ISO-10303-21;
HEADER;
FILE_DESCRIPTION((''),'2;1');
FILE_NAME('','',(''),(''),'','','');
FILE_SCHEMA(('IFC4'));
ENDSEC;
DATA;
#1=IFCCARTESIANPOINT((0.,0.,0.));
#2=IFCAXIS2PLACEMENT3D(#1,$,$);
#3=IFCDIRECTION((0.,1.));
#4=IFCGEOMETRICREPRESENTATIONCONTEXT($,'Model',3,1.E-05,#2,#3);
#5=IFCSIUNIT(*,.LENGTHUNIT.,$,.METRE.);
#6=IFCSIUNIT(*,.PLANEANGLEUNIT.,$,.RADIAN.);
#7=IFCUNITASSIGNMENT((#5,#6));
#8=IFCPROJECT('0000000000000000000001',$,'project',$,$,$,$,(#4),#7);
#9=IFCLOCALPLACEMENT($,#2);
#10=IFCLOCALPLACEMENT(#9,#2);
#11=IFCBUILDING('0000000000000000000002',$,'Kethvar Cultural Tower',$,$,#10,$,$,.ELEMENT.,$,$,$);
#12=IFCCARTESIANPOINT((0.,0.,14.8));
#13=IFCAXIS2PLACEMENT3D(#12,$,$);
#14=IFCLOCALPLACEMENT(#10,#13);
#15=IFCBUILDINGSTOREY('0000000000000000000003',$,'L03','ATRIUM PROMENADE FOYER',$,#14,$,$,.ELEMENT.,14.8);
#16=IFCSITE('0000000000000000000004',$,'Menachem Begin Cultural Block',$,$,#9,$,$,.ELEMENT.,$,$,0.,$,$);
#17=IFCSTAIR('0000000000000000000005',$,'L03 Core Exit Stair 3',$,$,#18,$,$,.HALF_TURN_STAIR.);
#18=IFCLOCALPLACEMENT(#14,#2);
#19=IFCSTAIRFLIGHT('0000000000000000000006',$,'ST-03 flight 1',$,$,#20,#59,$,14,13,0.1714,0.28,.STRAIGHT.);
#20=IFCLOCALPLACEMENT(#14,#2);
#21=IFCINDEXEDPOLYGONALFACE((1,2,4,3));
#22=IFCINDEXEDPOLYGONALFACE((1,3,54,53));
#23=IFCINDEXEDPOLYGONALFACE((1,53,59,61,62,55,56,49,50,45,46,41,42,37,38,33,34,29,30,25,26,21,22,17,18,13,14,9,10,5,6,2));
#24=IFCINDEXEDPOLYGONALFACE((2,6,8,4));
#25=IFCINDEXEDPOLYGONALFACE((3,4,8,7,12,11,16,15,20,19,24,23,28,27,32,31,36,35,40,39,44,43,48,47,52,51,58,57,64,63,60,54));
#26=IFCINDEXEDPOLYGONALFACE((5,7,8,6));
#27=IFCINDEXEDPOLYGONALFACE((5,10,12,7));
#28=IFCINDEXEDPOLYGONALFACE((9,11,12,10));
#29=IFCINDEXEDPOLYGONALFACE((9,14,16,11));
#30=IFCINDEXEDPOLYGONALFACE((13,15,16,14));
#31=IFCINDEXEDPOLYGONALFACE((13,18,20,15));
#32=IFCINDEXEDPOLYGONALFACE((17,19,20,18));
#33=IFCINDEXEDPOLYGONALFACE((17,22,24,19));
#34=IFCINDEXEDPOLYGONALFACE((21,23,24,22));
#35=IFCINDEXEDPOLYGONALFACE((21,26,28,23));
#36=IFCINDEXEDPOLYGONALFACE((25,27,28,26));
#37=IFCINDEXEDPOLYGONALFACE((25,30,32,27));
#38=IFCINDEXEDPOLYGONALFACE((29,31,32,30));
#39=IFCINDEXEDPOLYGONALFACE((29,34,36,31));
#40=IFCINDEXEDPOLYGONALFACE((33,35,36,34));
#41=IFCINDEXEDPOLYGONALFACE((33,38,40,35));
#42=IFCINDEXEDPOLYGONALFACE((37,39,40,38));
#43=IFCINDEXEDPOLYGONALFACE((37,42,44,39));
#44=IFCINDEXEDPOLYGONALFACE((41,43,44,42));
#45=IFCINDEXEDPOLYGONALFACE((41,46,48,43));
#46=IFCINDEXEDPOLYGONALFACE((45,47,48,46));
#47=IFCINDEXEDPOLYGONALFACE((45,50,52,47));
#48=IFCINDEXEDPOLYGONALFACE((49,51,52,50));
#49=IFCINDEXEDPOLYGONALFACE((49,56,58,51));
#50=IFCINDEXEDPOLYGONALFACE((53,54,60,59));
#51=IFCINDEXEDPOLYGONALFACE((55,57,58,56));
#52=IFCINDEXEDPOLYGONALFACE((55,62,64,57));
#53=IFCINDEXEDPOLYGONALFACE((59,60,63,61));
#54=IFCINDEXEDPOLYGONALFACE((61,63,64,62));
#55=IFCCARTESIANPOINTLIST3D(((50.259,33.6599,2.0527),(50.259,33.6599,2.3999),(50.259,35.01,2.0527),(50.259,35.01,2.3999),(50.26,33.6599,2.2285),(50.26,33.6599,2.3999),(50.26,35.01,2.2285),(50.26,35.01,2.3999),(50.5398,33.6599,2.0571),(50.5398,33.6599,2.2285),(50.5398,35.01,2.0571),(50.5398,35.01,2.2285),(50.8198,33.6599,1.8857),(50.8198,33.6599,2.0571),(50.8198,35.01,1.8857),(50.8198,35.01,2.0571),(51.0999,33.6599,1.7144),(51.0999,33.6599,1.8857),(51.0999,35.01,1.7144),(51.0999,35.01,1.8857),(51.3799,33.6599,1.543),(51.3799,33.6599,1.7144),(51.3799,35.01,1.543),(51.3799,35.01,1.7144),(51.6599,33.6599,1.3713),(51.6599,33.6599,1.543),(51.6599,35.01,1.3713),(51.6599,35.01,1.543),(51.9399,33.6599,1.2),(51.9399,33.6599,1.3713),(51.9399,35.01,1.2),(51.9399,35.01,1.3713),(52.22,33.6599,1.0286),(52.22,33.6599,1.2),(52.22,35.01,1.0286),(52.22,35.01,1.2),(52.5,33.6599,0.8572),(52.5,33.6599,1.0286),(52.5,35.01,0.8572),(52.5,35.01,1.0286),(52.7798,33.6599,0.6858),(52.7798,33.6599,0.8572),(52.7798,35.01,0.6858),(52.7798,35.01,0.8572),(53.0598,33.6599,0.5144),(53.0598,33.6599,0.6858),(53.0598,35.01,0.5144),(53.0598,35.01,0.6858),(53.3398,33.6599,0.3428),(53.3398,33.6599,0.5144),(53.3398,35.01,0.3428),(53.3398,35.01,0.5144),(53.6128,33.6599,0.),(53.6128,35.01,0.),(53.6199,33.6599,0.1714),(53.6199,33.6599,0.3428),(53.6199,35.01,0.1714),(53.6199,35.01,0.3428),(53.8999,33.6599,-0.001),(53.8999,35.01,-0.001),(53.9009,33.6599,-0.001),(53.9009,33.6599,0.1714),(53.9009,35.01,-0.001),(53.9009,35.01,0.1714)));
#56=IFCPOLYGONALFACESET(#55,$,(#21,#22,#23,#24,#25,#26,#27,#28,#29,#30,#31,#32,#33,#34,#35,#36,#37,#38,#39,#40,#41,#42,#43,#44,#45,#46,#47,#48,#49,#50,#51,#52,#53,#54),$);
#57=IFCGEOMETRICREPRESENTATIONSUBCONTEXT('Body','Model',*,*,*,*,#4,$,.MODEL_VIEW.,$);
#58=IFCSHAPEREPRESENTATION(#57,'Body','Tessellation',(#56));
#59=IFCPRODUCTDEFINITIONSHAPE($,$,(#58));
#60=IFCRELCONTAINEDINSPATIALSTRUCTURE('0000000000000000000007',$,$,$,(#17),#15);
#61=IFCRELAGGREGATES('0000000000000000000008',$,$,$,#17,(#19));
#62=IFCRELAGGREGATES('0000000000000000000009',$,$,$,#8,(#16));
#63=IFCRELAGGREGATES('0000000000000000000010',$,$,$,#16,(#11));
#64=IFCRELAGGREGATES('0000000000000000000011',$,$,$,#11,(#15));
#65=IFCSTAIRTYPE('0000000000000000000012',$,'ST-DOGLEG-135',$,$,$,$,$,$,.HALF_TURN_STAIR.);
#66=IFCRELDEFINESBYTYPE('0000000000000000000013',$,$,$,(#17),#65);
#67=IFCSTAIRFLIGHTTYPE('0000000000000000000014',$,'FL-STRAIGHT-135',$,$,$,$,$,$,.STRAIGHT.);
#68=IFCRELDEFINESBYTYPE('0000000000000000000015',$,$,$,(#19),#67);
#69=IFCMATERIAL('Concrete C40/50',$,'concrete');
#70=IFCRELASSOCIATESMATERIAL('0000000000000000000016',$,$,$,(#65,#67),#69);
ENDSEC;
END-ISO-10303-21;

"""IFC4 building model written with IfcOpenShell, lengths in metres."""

from ifc_helpers import new_model, si_unit, direction, frame, origin, place, context, subcontext, project, spatial, polyline, outline, extrude, material, type_object, element, aggregate, save


model = new_model("IFC4")

# Units and contexts
model_context = context("Model", 3, precision=1e-05, world=origin(), true_north=direction((0.0, 1.0)))
body_context = subcontext(model_context, "Body", "Model", "MODEL_VIEW")
ifc_project = project(units=[si_unit("LENGTHUNIT", "METRE"), si_unit("PLANEANGLEUNIT", "RADIAN")], contexts=[model_context])

# Site, building, storey
site_placement = place(None, origin())
site = spatial("IfcSite", under=ifc_project, at=site_placement, Name="Menachem Begin Cultural Block", CompositionType="ELEMENT", RefElevation=0.0)
building_placement = place(site_placement, origin())
building = spatial("IfcBuilding", under=site, at=building_placement, Name="Kethvar Cultural Tower", CompositionType="ELEMENT")
storey_placement = place(building_placement, frame((0.0, 0.0, 14.8)))
storey = spatial("IfcBuildingStorey", under=building, at=storey_placement, Name="L03", Description="ATRIUM PROMENADE FOYER", CompositionType="ELEMENT", Elevation=14.8)

# Stair, stair flight
ifc_material_1 = material(Name="Concrete C40/50", Category="concrete")
stair_type = type_object("IfcStairType", Name="ST-DOGLEG-135", PredefinedType="HALF_TURN_STAIR", material=ifc_material_1)
stair_placement = place(storey_placement, origin())
stair = element("IfcStair", 1, at=stair_placement, inside=storey, type_object=stair_type, Name="L03 Core Exit Stair 3", PredefinedType="HALF_TURN_STAIR")
stair_flight_type = type_object("IfcStairFlightType", Name="FL-STRAIGHT-135", PredefinedType="STRAIGHT", material=ifc_material_1)
stair_flight_placement = place(storey_placement, frame((53.8999, 34.335, 0.0), z_axis=(0.0, 0.0, 1.0), x_axis=(-1.0, 0.0, 0.0)))
stair_flight = element("IfcStairFlight", 2, at=stair_flight_placement, type_object=stair_flight_type, Name="ST-03 flight 1", NumberOfRisers=14, NumberOfTreads=13, PredefinedType="STRAIGHT", RiserHeight=0.1714, TreadLength=0.28, context=body_context, shape_type="SweptSolid", body=[
    extrude(outline(polyline([(-0.001, -0.001), (-0.001, 0.1714), (0.28, 0.1714), (0.28, 0.3428), (0.5601, 0.3428), (0.5601, 0.5144), (0.8401, 0.5144), (0.8401, 0.6858), (1.1201, 0.6858), (1.1201, 0.8572), (1.3999, 0.8572), (1.3999, 1.0286), (1.6799, 1.0286), (1.6799, 1.2), (1.96, 1.2), (1.96, 1.3713), (2.24, 1.3713), (2.24, 1.543), (2.52, 1.543), (2.52, 1.7144), (2.8, 1.7144), (2.8, 1.8857), (3.0801, 1.8857), (3.0801, 2.0571), (3.3601, 2.0571), (3.3601, 2.2285), (3.6399, 2.2285), (3.6399, 2.3999), (3.6409, 2.3999), (3.6409, 2.0527), (0.2871, 0.0), (0.0, -0.001), (-0.001, -0.001)])), frame((0.0, 0.675, 0.0), z_axis=(0.0, -1.0, 0.0), x_axis=(1.0, 0.0, 0.0)), (0.0, 0.0, 1.0), 1.3501),
])
aggregate(stair, [stair_flight])

save(model, "model.ifc")
